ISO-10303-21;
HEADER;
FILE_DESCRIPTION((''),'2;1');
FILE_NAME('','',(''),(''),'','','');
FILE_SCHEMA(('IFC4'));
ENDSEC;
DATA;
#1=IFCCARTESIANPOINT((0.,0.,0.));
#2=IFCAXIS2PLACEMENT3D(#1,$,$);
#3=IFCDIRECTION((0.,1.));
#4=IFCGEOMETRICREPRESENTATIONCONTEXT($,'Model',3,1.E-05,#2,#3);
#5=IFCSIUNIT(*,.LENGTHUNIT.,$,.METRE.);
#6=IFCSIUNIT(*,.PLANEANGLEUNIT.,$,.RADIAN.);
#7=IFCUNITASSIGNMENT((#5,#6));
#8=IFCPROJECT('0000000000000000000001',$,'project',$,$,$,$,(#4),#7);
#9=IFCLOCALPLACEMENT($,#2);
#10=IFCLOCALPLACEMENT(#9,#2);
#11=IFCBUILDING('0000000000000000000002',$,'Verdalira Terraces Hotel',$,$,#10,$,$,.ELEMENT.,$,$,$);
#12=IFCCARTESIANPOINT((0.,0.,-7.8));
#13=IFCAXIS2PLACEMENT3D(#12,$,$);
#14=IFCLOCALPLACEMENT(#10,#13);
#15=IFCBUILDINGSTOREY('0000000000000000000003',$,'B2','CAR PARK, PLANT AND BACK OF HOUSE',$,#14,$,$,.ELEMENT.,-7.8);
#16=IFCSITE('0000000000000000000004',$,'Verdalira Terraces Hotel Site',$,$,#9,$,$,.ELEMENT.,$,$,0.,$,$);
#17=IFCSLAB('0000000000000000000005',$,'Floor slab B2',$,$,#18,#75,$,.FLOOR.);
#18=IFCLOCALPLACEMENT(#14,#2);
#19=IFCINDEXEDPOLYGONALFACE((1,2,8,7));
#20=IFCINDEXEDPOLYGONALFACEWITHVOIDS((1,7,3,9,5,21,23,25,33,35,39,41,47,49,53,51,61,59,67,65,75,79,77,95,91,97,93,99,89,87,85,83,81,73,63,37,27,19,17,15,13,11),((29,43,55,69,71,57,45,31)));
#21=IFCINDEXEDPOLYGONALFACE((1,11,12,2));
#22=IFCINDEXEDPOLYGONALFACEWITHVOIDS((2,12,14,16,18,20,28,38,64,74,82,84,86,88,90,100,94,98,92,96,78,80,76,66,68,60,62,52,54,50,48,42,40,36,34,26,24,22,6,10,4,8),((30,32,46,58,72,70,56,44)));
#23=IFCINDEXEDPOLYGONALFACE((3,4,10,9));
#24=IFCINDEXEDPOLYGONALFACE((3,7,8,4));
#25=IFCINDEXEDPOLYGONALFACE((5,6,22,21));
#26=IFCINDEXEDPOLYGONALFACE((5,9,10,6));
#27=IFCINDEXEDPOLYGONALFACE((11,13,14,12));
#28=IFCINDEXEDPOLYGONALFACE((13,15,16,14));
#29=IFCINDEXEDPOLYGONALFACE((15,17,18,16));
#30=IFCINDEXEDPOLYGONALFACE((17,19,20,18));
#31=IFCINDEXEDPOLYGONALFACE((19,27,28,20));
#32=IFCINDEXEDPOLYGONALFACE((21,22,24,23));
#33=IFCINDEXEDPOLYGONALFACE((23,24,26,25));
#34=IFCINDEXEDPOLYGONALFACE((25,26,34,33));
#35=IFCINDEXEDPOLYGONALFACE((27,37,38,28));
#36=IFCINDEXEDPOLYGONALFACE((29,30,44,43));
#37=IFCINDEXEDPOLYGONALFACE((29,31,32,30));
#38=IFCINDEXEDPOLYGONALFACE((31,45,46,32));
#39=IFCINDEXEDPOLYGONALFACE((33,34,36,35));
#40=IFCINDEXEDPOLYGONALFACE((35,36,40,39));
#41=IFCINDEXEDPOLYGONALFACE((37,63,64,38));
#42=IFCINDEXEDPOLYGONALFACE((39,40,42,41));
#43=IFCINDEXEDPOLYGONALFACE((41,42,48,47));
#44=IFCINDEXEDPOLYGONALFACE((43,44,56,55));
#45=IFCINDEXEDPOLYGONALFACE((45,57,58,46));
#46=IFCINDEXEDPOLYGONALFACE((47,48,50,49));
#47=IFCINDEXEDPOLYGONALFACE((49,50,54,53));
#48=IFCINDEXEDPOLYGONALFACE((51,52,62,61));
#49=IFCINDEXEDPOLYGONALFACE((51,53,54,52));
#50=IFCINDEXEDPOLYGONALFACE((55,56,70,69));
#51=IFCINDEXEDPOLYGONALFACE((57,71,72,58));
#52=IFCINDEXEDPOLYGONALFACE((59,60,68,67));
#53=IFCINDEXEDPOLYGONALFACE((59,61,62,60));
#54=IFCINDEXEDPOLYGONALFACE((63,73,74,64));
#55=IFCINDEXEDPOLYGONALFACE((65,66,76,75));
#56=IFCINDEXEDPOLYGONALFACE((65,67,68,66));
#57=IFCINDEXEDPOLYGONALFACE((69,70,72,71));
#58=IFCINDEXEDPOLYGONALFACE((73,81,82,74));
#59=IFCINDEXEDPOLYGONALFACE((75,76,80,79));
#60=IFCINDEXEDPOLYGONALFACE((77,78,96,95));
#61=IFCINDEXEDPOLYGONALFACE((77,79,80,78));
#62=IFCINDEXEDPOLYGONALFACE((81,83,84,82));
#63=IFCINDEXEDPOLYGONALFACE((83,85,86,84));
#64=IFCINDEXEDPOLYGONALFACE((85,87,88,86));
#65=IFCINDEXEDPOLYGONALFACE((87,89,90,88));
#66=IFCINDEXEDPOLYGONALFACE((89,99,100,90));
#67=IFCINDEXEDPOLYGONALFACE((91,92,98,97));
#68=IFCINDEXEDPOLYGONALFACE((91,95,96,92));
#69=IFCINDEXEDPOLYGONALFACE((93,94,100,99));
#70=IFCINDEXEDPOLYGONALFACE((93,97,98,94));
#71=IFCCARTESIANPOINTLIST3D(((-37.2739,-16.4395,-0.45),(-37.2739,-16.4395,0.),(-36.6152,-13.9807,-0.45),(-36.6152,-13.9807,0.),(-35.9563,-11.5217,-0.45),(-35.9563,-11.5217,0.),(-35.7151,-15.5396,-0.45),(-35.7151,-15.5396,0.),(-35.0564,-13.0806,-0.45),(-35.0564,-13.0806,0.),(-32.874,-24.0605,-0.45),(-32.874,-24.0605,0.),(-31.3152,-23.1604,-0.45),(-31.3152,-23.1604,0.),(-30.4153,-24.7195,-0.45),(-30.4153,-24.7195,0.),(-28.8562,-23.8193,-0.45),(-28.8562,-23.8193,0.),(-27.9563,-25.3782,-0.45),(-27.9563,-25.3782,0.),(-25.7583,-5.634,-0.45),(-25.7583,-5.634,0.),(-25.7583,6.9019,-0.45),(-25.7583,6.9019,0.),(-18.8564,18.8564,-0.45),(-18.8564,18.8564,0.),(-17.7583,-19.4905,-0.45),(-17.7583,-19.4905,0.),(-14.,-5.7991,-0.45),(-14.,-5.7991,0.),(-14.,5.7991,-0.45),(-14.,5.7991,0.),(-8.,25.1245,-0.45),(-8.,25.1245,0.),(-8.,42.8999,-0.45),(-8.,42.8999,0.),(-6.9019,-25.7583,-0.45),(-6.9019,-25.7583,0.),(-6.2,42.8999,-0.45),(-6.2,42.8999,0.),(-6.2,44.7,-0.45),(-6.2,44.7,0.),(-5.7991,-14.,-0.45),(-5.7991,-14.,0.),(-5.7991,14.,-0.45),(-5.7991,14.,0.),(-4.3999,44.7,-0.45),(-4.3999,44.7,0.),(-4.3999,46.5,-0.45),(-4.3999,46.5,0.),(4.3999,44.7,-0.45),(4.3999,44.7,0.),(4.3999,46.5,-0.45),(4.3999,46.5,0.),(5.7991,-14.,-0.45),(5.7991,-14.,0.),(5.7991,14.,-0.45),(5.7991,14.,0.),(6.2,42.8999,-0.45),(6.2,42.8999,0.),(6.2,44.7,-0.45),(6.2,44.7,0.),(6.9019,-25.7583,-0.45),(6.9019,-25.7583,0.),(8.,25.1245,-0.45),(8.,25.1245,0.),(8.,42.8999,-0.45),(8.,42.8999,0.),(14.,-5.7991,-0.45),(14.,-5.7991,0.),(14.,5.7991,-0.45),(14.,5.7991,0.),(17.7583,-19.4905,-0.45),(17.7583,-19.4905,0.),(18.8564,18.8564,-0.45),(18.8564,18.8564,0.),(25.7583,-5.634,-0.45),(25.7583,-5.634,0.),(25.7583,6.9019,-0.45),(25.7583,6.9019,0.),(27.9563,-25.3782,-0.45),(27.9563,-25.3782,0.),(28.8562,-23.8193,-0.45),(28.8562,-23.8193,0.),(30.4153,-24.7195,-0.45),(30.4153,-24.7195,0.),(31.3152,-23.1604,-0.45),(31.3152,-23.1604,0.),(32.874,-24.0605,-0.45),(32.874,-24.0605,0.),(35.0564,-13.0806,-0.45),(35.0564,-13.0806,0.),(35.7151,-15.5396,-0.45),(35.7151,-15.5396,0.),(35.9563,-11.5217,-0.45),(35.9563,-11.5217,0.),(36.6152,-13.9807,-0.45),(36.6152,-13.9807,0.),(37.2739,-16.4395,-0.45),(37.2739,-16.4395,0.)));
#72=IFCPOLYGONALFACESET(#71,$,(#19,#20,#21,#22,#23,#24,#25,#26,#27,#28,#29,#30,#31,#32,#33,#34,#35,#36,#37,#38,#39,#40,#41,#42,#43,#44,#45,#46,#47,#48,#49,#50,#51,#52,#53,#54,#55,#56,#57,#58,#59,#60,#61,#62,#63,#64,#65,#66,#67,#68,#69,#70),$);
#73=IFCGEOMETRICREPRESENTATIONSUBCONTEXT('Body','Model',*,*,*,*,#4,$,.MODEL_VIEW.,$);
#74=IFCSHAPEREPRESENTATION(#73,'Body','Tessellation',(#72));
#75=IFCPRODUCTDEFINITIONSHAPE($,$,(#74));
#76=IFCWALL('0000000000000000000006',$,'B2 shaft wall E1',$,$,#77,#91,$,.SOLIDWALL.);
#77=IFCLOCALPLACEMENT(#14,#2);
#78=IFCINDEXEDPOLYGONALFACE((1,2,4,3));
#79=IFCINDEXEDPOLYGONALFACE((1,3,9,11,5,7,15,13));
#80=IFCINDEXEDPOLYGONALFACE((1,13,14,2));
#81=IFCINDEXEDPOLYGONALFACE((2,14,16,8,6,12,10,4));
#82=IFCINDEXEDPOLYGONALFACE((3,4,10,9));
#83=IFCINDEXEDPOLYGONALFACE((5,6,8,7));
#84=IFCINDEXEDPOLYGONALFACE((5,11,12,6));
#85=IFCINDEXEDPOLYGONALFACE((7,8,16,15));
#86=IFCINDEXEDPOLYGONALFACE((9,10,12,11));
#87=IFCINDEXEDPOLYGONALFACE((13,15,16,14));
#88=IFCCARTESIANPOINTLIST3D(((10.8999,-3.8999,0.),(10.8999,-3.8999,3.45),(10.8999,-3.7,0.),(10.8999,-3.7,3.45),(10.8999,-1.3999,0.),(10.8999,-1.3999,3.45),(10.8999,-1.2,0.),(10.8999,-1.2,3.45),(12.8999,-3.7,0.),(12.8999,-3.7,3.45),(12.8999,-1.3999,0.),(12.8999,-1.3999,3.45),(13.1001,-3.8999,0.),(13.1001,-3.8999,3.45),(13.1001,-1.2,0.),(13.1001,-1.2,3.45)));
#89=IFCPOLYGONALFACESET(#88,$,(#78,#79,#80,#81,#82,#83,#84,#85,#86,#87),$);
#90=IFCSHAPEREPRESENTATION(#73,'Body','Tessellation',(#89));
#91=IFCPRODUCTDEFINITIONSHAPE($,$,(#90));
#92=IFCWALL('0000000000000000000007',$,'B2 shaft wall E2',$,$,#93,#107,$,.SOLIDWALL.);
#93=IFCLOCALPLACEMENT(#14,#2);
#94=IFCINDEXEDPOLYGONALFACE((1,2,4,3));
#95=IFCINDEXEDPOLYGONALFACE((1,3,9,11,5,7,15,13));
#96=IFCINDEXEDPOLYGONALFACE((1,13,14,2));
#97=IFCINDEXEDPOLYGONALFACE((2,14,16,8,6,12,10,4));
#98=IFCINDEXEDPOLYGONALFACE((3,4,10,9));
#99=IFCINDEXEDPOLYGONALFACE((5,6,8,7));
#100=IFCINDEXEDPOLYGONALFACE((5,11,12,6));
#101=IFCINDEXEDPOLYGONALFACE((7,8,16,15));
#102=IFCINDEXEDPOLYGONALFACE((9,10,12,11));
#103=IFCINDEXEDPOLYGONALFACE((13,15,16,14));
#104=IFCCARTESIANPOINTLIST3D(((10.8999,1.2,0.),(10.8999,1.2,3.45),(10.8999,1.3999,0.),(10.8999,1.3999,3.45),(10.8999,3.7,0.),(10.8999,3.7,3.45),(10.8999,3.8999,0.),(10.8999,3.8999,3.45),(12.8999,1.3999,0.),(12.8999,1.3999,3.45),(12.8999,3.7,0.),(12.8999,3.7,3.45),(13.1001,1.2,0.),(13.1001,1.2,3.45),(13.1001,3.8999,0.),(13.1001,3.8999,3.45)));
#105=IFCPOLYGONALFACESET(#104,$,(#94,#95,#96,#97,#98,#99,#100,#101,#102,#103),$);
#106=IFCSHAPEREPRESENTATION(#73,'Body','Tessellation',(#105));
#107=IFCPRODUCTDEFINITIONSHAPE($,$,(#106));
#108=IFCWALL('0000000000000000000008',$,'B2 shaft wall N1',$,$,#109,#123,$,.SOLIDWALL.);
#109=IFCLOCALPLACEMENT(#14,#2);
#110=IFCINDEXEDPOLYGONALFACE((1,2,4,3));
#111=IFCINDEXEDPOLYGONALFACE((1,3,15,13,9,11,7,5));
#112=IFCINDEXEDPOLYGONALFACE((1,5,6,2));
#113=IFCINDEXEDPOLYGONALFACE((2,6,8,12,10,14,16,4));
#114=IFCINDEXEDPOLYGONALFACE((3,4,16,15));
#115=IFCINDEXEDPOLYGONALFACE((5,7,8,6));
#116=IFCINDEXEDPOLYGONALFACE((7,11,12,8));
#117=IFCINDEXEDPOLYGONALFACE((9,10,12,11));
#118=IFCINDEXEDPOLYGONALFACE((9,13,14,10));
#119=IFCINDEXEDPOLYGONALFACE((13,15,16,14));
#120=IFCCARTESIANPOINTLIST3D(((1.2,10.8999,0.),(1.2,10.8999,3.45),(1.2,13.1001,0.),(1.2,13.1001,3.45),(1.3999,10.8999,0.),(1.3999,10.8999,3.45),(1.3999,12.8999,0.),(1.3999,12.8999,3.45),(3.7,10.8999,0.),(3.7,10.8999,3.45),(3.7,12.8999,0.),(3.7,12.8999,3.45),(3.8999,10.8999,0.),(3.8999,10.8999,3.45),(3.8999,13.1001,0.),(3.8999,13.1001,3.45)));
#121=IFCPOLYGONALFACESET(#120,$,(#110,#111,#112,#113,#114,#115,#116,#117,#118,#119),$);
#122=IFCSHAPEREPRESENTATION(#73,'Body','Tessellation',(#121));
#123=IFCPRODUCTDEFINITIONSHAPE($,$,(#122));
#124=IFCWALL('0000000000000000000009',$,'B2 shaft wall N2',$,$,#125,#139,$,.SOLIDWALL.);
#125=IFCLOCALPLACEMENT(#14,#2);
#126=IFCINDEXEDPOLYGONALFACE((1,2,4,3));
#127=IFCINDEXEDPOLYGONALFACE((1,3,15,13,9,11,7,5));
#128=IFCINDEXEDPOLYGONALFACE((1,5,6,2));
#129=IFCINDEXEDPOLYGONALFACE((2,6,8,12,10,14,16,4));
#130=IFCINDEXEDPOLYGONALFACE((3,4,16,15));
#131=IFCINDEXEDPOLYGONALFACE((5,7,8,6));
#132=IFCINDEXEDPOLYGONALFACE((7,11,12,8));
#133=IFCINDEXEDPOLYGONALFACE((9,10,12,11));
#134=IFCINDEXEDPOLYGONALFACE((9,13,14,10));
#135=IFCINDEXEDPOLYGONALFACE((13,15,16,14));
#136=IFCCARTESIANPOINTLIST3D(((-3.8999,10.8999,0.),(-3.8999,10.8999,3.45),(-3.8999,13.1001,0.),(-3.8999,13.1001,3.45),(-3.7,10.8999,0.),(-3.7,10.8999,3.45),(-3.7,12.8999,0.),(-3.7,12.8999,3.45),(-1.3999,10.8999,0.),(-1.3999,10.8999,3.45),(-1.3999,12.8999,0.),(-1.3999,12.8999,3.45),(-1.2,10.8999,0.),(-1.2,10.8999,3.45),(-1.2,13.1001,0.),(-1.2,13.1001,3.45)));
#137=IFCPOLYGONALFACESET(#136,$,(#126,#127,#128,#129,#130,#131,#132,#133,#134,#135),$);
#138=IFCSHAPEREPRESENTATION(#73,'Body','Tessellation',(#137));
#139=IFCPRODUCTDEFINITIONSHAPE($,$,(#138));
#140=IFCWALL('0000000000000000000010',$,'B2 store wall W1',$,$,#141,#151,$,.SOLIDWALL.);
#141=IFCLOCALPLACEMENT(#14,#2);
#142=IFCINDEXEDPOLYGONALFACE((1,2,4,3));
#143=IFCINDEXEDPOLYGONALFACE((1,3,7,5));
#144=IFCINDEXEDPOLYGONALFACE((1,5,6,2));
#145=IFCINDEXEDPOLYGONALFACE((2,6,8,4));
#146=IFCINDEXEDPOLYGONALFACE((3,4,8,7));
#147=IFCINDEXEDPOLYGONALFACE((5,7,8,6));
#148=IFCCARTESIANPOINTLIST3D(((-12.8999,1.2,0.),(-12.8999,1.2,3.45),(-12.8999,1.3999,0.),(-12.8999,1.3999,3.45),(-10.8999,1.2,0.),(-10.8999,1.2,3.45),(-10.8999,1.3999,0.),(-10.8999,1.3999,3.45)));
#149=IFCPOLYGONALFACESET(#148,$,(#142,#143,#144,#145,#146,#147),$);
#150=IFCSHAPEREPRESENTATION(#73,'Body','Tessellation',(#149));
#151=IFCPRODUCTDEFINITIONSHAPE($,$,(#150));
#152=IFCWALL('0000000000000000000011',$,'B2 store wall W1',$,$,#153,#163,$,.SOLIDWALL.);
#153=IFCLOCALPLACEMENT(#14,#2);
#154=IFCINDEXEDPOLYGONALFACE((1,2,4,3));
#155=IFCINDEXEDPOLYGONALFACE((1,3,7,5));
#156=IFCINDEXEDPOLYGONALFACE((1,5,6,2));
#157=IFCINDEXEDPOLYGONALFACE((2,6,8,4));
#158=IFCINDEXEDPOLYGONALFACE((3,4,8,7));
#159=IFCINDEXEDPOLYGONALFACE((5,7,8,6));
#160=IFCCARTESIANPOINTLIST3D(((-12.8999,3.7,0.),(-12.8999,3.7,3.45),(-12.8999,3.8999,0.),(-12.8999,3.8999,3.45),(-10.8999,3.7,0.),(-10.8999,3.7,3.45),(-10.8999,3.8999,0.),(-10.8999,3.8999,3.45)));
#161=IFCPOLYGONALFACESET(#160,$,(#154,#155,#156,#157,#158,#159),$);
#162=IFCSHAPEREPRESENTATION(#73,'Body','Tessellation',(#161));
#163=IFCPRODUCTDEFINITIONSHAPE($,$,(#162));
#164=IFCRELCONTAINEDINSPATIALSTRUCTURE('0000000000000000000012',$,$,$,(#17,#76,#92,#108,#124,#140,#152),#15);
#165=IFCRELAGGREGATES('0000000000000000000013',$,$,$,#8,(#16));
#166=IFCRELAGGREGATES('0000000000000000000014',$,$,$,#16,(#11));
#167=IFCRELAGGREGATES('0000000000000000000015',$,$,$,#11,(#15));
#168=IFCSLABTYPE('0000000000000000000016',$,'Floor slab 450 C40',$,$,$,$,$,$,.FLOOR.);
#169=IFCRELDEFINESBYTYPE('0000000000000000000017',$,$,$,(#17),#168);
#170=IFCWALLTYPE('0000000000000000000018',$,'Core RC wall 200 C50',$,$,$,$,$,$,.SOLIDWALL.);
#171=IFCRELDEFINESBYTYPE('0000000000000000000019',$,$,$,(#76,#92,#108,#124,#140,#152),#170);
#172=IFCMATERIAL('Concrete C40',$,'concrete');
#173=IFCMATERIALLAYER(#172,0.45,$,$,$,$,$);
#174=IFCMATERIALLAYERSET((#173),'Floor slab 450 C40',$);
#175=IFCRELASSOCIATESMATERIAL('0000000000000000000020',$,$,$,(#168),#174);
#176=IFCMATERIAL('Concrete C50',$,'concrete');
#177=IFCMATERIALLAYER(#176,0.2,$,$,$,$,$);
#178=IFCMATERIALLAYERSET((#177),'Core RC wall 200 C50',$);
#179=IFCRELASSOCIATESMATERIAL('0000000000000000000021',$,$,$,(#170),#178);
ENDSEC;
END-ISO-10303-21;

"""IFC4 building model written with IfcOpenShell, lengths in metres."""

from ifc_helpers import new_model, si_unit, direction, frame, origin, place, context, subcontext, project, spatial, polyline, outline, extrude, material, layer, layer_set, type_object, element, save


model = new_model("IFC4")

# Units and contexts
model_context = context("Model", 3, precision=1e-05, world=origin(), true_north=direction((0.0, 1.0)))
body_context = subcontext(model_context, "Body", "Model", "MODEL_VIEW")
ifc_project = project(units=[si_unit("LENGTHUNIT", "METRE"), si_unit("PLANEANGLEUNIT", "RADIAN")], contexts=[model_context])

# Site, building, storey
site_placement = place(None, origin())
site = spatial("IfcSite", under=ifc_project, at=site_placement, Name="Verdalira Terraces Hotel Site", CompositionType="ELEMENT", RefElevation=0.0)
building_placement = place(site_placement, origin())
building = spatial("IfcBuilding", under=site, at=building_placement, Name="Verdalira Terraces Hotel", CompositionType="ELEMENT")
storey_placement = place(building_placement, frame((0.0, 0.0, -7.8)))
storey = spatial("IfcBuildingStorey", under=building, at=storey_placement, Name="B2", Description="CAR PARK, PLANT AND BACK OF HOUSE", CompositionType="ELEMENT", Elevation=-7.8)

# Slab
ifc_material_1 = material(Name="Concrete C40", Category="concrete")
ifc_layer_1 = layer(ifc_material_1, 0.45)
ifc_layer_set_1 = layer_set([ifc_layer_1], Name="Floor slab 450 C40")
slab_type_1 = type_object("IfcSlabType", Name="Floor slab 450 C40", PredefinedType="FLOOR", material=ifc_layer_set_1)
slab_1_placement = place(storey_placement, frame((0.0, 0.0, -0.45)))
element("IfcSlab", 1, at=slab_1_placement, inside=storey, type_object=slab_type_1, Name="Floor slab B2", PredefinedType="FLOOR", context=body_context, shape_type="SweptSolid", body=[
    extrude(outline(polyline([(18.8564, 18.8564), (8.0, 25.1245), (8.0, 42.8999), (6.2, 42.8999), (6.2, 44.7), (4.3999, 44.7), (4.3999, 46.5), (-4.3999, 46.5), (-4.3999, 44.7), (-6.2, 44.7), (-6.2, 42.8999), (-8.0, 42.8999), (-8.0, 25.1245), (-18.8564, 18.8564), (-25.7583, 6.9019), (-25.7583, -5.634), (-35.9563, -11.5217), (-35.0564, -13.0806), (-36.6152, -13.9807), (-35.7151, -15.5396), (-37.2739, -16.4395), (-32.874, -24.0605), (-31.3152, -23.1604), (-30.4153, -24.7195), (-28.8562, -23.8193), (-27.9563, -25.3782), (-17.7583, -19.4905), (-6.9019, -25.7583), (6.9019, -25.7583), (17.7583, -19.4905), (27.9563, -25.3782), (28.8562, -23.8193), (30.4153, -24.7195), (31.3152, -23.1604), (32.874, -24.0605), (37.2739, -16.4395), (35.7151, -15.5396), (36.6152, -13.9807), (35.0564, -13.0806), (35.9563, -11.5217), (25.7583, -5.634), (25.7583, 6.9019), (18.8564, 18.8564)]), holes=[polyline([(5.7991, 14.0), (14.0, 5.7991), (14.0, -5.7991), (5.7991, -14.0), (-5.7991, -14.0), (-14.0, -5.7991), (-14.0, 5.7991), (-5.7991, 14.0), (5.7991, 14.0)])]), origin(), (0.0, 0.0, 1.0), 0.45),
])

# Walls
ifc_material_2 = material(Name="Concrete C50", Category="concrete")
ifc_layer_2 = layer(ifc_material_2, 0.2)
ifc_layer_set_2 = layer_set([ifc_layer_2], Name="Core RC wall 200 C50")
wall_type_1 = type_object("IfcWallType", Name="Core RC wall 200 C50", PredefinedType="SOLIDWALL", material=ifc_layer_set_2)
wall_1_placement = place(storey_placement, origin())
element("IfcWall", 2, at=wall_1_placement, inside=storey, type_object=wall_type_1, Name="B2 shaft wall E1", PredefinedType="SOLIDWALL", context=body_context, shape_type="SweptSolid", body=[
    extrude(outline(polyline([(13.1001, -3.8999), (10.8999, -3.8999), (10.8999, -3.7), (12.8999, -3.7), (12.8999, -1.3999), (10.8999, -1.3999), (10.8999, -1.2), (13.1001, -1.2), (13.1001, -3.8999)])), origin(), (0.0, 0.0, 1.0), 3.45),
])
wall_2_placement = place(storey_placement, origin())
element("IfcWall", 3, at=wall_2_placement, inside=storey, type_object=wall_type_1, Name="B2 shaft wall E2", PredefinedType="SOLIDWALL", context=body_context, shape_type="SweptSolid", body=[
    extrude(outline(polyline([(13.1001, 3.8999), (13.1001, 1.2), (10.8999, 1.2), (10.8999, 1.3999), (12.8999, 1.3999), (12.8999, 3.7), (10.8999, 3.7), (10.8999, 3.8999), (13.1001, 3.8999)])), origin(), (0.0, 0.0, 1.0), 3.45),
])
wall_3_placement = place(storey_placement, origin())
element("IfcWall", 4, at=wall_3_placement, inside=storey, type_object=wall_type_1, Name="B2 shaft wall N1", PredefinedType="SOLIDWALL", context=body_context, shape_type="SweptSolid", body=[
    extrude(outline(polyline([(3.8999, 13.1001), (3.8999, 10.8999), (3.7, 10.8999), (3.7, 12.8999), (1.3999, 12.8999), (1.3999, 10.8999), (1.2, 10.8999), (1.2, 13.1001), (3.8999, 13.1001)])), origin(), (0.0, 0.0, 1.0), 3.45),
])
wall_4_placement = place(storey_placement, origin())
element("IfcWall", 5, at=wall_4_placement, inside=storey, type_object=wall_type_1, Name="B2 shaft wall N2", PredefinedType="SOLIDWALL", context=body_context, shape_type="SweptSolid", body=[
    extrude(outline(polyline([(-3.8999, 10.8999), (-3.8999, 13.1001), (-1.2, 13.1001), (-1.2, 10.8999), (-1.3999, 10.8999), (-1.3999, 12.8999), (-3.7, 12.8999), (-3.7, 10.8999), (-3.8999, 10.8999)])), origin(), (0.0, 0.0, 1.0), 3.45),
])
wall_5_placement = place(storey_placement, origin())
element("IfcWall", 6, at=wall_5_placement, inside=storey, type_object=wall_type_1, Name="B2 store wall W1", PredefinedType="SOLIDWALL", context=body_context, shape_type="SweptSolid", body=[
    extrude(outline(polyline([(-10.8999, 1.2), (-12.8999, 1.2), (-12.8999, 1.3999), (-10.8999, 1.3999), (-10.8999, 1.2)])), origin(), (0.0, 0.0, 1.0), 3.45),
])
wall_6_placement = place(storey_placement, origin())
element("IfcWall", 7, at=wall_6_placement, inside=storey, type_object=wall_type_1, Name="B2 store wall W1", PredefinedType="SOLIDWALL", context=body_context, shape_type="SweptSolid", body=[
    extrude(outline(polyline([(-10.8999, 3.7), (-12.8999, 3.7), (-12.8999, 3.8999), (-10.8999, 3.8999), (-10.8999, 3.7)])), origin(), (0.0, 0.0, 1.0), 3.45),
])

save(model, "model.ifc")
